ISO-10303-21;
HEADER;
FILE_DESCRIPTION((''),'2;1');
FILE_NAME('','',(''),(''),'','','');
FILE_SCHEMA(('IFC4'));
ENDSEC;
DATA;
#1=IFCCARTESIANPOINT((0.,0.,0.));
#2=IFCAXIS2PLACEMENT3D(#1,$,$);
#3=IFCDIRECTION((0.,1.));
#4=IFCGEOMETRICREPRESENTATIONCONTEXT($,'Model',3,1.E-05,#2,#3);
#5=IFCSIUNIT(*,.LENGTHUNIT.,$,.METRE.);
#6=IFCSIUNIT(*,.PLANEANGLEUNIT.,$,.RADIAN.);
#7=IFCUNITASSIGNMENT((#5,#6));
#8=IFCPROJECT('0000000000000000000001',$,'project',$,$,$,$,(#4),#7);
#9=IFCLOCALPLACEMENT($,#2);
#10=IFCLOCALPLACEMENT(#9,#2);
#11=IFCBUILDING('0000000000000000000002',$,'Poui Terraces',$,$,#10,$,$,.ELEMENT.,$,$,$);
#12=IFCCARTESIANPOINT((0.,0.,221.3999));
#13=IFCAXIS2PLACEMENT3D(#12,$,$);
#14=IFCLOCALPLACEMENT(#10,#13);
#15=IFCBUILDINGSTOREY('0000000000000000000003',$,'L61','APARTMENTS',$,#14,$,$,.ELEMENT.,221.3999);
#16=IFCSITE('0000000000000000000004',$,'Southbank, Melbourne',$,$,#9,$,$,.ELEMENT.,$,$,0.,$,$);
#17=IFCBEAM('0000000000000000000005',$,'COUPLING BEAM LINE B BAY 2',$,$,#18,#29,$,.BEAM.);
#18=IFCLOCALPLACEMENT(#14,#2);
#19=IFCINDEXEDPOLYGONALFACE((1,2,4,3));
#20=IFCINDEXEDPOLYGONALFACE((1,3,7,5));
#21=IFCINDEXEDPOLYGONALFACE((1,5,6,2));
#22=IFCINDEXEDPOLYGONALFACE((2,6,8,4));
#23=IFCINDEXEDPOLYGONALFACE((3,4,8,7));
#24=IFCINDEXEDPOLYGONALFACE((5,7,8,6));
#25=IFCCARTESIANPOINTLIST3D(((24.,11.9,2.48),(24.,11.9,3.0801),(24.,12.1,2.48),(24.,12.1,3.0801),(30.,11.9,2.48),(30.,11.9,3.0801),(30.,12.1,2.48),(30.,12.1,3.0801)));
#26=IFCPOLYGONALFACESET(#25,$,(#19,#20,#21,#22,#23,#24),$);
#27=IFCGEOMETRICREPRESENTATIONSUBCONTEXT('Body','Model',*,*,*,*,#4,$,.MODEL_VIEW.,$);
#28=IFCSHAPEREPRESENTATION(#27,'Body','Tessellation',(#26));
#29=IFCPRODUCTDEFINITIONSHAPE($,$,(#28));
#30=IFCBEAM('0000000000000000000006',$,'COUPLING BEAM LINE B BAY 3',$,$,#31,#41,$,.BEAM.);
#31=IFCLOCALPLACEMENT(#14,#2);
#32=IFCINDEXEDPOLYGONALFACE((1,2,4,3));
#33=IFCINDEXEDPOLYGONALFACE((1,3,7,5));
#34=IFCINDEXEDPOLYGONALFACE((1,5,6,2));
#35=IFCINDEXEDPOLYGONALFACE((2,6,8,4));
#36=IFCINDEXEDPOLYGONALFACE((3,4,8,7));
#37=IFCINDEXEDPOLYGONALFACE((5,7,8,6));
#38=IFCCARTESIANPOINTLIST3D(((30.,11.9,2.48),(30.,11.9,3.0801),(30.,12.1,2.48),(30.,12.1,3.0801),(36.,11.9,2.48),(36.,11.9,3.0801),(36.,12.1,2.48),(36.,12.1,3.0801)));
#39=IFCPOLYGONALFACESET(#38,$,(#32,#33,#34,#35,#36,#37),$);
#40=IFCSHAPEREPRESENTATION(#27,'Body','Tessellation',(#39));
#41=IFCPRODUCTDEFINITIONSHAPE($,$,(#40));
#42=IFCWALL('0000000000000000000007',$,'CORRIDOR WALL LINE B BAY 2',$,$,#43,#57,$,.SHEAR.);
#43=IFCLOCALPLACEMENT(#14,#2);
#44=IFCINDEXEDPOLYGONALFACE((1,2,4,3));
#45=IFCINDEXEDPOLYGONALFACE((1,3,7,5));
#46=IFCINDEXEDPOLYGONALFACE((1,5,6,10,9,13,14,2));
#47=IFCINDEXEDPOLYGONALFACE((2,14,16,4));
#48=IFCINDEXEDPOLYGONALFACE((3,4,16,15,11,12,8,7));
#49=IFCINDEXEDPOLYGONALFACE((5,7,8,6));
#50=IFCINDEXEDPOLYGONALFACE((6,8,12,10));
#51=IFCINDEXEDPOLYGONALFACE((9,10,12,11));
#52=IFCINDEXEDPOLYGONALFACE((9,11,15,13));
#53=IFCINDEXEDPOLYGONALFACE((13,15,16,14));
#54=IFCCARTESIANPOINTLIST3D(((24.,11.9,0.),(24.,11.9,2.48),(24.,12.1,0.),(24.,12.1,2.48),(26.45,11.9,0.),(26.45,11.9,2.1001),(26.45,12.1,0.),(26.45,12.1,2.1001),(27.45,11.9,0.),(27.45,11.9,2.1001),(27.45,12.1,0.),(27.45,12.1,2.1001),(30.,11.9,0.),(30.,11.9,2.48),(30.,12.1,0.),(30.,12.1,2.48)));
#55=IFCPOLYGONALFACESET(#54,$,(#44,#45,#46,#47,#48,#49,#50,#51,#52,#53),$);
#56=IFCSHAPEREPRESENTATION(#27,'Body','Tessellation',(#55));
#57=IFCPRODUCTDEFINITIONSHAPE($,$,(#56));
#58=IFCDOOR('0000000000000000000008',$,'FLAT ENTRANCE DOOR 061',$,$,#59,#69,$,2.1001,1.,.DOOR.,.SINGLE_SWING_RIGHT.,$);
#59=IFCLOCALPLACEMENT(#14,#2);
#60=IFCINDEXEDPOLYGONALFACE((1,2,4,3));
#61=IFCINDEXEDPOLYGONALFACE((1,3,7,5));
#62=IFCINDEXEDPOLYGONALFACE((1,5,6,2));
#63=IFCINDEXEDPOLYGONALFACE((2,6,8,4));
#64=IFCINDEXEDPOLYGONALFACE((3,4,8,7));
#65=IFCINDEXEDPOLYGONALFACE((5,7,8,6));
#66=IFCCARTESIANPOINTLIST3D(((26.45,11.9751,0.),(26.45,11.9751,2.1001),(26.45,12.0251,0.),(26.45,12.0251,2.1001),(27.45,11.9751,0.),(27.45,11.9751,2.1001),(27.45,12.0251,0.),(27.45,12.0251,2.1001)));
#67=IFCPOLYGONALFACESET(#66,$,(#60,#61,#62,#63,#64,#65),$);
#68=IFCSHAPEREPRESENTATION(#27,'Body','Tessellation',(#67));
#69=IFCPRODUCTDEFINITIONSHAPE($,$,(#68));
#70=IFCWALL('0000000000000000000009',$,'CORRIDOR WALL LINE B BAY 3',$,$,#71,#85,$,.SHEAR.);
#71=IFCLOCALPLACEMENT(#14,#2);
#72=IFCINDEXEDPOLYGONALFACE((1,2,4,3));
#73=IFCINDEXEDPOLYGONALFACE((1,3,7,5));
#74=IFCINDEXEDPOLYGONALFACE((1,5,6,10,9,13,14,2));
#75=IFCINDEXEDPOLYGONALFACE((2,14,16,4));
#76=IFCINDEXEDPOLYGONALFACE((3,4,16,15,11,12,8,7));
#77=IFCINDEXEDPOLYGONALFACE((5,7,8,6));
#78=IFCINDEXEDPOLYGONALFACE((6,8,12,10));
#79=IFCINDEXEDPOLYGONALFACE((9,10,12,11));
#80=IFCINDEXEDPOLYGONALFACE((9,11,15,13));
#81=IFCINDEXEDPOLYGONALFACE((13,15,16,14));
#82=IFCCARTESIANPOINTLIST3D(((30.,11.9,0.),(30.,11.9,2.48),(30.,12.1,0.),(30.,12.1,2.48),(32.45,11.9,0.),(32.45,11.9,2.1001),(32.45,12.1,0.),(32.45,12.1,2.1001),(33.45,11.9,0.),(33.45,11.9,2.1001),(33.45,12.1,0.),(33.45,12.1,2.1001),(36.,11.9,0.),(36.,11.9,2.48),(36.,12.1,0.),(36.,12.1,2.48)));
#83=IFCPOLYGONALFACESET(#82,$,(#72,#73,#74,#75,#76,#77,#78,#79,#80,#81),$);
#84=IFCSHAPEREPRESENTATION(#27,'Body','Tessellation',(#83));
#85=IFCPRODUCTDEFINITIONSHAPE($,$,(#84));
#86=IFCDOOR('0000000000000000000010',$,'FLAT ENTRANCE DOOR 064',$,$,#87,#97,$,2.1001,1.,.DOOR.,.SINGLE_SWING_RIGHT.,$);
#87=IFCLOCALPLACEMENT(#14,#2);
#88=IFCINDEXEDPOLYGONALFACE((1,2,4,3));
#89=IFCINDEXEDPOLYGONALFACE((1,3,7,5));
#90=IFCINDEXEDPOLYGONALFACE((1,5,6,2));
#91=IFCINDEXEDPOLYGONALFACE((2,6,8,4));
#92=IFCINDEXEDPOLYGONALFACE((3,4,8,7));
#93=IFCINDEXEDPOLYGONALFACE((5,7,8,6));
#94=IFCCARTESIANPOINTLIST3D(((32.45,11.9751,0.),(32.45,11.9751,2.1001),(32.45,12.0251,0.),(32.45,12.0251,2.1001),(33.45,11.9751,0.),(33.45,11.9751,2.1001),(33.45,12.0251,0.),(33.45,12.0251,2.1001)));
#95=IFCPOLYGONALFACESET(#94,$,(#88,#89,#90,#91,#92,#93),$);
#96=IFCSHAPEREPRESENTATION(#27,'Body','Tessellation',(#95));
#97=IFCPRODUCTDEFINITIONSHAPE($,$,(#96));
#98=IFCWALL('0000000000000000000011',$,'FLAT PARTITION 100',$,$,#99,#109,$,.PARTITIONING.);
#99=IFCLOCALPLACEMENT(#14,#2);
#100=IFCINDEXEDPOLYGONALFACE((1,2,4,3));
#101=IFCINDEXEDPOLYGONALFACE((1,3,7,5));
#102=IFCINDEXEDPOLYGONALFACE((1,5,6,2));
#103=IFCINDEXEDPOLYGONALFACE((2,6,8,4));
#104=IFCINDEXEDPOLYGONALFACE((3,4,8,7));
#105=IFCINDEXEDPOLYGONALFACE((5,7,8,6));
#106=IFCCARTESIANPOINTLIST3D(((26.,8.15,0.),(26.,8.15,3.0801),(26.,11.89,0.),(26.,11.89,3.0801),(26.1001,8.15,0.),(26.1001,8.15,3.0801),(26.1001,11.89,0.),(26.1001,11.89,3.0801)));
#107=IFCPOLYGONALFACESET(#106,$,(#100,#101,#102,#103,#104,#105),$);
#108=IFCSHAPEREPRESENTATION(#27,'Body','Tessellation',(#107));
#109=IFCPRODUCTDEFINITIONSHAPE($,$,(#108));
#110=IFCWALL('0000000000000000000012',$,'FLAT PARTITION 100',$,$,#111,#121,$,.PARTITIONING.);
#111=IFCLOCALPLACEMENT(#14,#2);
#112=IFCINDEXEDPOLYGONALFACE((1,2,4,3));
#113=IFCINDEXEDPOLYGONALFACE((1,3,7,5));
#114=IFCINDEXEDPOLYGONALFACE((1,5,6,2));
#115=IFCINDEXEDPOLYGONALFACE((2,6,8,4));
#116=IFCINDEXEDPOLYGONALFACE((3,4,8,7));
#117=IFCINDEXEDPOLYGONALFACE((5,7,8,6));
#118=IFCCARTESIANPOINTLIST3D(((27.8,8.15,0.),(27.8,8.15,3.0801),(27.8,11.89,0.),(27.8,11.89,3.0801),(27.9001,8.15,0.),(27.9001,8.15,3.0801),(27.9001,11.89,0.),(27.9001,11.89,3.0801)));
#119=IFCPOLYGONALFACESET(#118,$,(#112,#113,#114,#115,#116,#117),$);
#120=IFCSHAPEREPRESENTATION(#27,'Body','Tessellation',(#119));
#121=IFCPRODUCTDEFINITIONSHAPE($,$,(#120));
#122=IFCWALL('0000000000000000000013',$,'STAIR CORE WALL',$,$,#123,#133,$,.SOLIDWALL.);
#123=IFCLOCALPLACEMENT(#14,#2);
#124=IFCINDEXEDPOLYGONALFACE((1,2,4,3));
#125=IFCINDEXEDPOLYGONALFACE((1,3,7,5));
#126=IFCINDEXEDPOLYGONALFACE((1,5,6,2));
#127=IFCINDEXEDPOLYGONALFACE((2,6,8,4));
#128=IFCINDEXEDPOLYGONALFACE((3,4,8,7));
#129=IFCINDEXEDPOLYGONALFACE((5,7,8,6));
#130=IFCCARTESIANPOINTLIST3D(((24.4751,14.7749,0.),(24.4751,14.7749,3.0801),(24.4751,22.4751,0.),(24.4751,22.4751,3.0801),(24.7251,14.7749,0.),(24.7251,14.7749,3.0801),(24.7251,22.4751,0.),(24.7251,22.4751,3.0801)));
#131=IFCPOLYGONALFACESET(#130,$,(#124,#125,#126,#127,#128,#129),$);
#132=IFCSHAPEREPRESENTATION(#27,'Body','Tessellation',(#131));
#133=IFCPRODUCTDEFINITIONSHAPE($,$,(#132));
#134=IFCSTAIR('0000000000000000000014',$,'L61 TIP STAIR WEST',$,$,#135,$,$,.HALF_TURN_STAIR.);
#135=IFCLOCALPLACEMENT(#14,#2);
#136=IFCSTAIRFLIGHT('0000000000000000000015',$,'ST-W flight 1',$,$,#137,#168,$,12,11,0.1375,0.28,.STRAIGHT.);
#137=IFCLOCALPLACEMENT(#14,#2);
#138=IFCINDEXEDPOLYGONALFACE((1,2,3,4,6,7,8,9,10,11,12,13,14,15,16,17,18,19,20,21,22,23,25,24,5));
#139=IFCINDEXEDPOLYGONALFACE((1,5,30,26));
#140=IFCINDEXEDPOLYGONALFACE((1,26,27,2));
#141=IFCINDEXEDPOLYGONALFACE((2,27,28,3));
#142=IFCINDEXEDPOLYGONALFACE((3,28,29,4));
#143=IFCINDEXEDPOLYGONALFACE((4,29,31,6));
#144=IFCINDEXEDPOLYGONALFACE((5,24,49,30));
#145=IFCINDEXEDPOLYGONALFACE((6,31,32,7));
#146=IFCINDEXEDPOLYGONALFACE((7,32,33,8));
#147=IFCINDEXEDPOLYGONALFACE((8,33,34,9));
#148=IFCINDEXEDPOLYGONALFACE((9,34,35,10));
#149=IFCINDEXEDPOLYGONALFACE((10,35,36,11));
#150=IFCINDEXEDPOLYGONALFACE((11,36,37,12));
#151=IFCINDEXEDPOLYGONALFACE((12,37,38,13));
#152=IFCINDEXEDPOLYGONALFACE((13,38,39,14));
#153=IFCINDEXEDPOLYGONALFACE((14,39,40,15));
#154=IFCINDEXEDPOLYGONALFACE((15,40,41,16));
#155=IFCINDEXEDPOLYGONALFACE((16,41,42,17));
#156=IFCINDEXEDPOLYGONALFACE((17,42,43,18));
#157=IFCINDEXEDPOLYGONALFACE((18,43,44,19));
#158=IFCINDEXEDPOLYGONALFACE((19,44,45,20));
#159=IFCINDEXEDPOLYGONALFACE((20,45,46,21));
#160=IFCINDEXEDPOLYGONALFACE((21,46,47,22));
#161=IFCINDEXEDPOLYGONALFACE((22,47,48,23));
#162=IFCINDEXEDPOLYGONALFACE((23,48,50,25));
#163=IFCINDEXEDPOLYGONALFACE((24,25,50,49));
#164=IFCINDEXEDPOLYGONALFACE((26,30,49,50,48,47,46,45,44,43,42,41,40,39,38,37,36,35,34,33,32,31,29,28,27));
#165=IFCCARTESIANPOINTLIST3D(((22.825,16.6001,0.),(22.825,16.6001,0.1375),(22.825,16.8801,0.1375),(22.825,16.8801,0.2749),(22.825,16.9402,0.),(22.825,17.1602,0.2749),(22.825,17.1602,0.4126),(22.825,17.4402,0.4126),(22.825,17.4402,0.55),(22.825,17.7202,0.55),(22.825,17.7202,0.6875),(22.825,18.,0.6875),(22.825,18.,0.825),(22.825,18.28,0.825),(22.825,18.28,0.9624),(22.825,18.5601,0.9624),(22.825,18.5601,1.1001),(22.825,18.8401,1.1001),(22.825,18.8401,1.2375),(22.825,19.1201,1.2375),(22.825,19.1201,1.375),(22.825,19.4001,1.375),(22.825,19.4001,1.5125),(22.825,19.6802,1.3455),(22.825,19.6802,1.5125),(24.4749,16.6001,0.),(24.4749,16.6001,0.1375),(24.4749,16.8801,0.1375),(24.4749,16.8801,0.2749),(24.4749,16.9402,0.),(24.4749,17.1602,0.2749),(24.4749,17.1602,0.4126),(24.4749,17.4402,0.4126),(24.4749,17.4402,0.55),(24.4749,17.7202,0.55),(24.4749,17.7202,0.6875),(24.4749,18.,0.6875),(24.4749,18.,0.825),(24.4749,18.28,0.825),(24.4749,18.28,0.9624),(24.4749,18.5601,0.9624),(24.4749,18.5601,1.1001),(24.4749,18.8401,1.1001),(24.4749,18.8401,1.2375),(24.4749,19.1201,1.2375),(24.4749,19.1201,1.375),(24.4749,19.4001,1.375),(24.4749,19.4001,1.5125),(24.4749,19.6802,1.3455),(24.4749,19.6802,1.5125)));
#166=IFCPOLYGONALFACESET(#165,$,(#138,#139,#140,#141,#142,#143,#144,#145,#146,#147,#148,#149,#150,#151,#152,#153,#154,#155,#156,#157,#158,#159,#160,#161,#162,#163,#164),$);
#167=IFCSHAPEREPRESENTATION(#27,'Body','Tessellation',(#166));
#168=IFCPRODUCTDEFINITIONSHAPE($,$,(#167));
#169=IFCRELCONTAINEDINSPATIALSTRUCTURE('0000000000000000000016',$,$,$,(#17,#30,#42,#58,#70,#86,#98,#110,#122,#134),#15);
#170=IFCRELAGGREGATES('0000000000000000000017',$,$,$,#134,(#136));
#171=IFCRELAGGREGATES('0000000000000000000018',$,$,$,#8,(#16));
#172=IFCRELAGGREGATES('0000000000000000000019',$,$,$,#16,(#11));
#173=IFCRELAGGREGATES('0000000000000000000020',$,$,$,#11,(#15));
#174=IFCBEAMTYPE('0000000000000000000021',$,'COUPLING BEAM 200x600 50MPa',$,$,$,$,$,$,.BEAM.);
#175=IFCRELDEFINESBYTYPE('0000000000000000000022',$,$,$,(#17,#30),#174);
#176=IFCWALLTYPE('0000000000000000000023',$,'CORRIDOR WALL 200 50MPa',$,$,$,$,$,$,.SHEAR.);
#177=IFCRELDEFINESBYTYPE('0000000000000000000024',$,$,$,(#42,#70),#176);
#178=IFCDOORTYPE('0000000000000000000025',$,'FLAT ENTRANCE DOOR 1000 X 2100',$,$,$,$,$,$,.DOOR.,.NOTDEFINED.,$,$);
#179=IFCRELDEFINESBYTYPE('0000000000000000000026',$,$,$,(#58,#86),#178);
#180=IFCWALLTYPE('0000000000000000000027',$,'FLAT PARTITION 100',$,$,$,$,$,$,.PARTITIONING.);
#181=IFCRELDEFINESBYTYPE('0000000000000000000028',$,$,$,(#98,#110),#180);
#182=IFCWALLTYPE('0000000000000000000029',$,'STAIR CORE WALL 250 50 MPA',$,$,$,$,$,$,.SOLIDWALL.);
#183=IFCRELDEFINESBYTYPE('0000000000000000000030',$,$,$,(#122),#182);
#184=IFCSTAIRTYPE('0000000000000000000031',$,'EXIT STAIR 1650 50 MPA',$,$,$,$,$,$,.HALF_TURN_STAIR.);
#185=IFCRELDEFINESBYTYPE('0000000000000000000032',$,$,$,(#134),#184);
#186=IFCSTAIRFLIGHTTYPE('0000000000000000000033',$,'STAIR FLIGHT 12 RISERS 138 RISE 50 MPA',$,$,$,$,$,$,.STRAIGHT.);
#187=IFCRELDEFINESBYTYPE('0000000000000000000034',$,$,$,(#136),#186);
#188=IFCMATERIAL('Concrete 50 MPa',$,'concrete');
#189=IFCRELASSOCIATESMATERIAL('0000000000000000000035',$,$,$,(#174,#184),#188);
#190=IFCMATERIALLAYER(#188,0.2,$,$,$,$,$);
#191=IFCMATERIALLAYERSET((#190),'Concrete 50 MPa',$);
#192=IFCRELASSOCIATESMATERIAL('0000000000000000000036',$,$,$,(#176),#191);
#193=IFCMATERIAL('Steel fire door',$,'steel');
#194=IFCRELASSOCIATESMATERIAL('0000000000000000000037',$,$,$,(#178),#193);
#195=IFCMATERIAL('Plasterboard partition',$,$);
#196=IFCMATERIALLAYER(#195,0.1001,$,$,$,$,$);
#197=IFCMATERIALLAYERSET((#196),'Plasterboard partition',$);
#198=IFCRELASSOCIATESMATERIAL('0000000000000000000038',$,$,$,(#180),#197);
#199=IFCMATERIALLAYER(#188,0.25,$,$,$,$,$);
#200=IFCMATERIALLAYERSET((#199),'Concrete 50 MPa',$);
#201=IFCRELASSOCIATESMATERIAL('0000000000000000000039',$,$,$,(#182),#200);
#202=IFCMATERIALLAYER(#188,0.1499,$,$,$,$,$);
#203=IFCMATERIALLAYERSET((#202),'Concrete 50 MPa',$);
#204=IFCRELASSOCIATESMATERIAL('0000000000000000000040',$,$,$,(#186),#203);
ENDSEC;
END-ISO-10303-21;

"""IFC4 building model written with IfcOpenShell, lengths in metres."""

from ifc_helpers import new_model, si_unit, direction, frame, frame_2d, origin, origin_2d, place, context, subcontext, project, spatial, polyline, rectangle, outline, extrude, source, transform, mapped, material, layer, layer_set, material_profile, profile_set, type_object, element, fill, aggregate, save


model = new_model("IFC4")

# Units and contexts
model_context = context("Model", 3, precision=1e-05, world=origin(), true_north=direction((0.0, 1.0)))
body_context = subcontext(model_context, "Body", "Model", "MODEL_VIEW")
ifc_project = project(units=[si_unit("LENGTHUNIT", "METRE"), si_unit("PLANEANGLEUNIT", "RADIAN")], contexts=[model_context])

# Site, building, storey
site_placement = place(None, origin())
site = spatial("IfcSite", under=ifc_project, at=site_placement, Name="Southbank, Melbourne", CompositionType="ELEMENT", RefElevation=0.0)
building_placement = place(site_placement, origin())
building = spatial("IfcBuilding", under=site, at=building_placement, Name="Poui Terraces", CompositionType="ELEMENT")
storey_placement = place(building_placement, frame((0.0, 0.0, 221.3999)))
storey = spatial("IfcBuildingStorey", under=building, at=storey_placement, Name="L61", Description="APARTMENTS", CompositionType="ELEMENT", Elevation=221.3999)

# Beams
ifc_material_1 = material(Name="Concrete 50 MPa", Category="concrete")
ifc_material_profile = material_profile(ifc_material_1, rectangle(XDim=0.2, YDim=0.6001, at=origin_2d()), Name="RC 200x600")
ifc_profile_set = profile_set([ifc_material_profile], Name="Concrete 50 MPa")
beam_type = type_object("IfcBeamType", Name="COUPLING BEAM 200x600 50MPa", PredefinedType="BEAM", material=ifc_profile_set)
shared_shape = source(origin(), body_context, "Body", "SweptSolid", [
    extrude(rectangle(XDim=0.2, YDim=0.6001, at=origin_2d()), origin(), (0.0, 0.0, 1.0), 6.0),
])
for number, where, z_axis, x_axis, name in (
    (1, (24.0, 12.0, 2.78), (1.0, 0.0, 0.0), (0.0, 1.0, 0.0), "COUPLING BEAM LINE B BAY 2"),
    (2, (30.0, 12.0, 2.78), (1.0, 0.0, 0.0), (0.0, 1.0, 0.0), "COUPLING BEAM LINE B BAY 3"),
):
    element("IfcBeam", number, at=place(storey_placement, frame(where, z_axis=z_axis, x_axis=x_axis)), inside=storey, type_object=beam_type, Name=name, PredefinedType="BEAM", context=body_context, shape_type="MappedRepresentation", body=[
        mapped(shared_shape, transform((0.0, 0.0, 0.0))),
    ])

# Walls, openings, doors
ifc_layer_1 = layer(ifc_material_1, 0.2)
ifc_layer_set_1 = layer_set([ifc_layer_1], Name="Concrete 50 MPa")
wall_type_1 = type_object("IfcWallType", Name="CORRIDOR WALL 200 50MPa", PredefinedType="SHEAR", material=ifc_layer_set_1)
wall_1_placement = place(storey_placement, frame((24.0, 12.0, 0.0), z_axis=(0.0, 0.0, 1.0), x_axis=(1.0, 0.0, 0.0)))
wall_1 = element("IfcWall", 3, at=wall_1_placement, inside=storey, type_object=wall_type_1, Name="CORRIDOR WALL LINE B BAY 2", PredefinedType="SHEAR", context=body_context, shape_type="SweptSolid", body=[
    extrude(rectangle(XDim=6.0, YDim=0.2, at=frame_2d((3.0, 0.0))), origin(), (0.0, 0.0, 1.0), 2.48),
])
opening_1_placement = place(wall_1_placement, frame((2.45, 0.0, 0.0)))
opening_1 = element("IfcOpeningElement", 4, at=opening_1_placement, cuts=wall_1, PredefinedType="OPENING", context=body_context, shape_type="SweptSolid", body=[
    extrude(rectangle(XDim=1.0, YDim=2.1001, at=frame_2d((0.5, 1.05))), frame((0.0, 0.1099, 0.0), z_axis=(0.0, -1.0, 0.0), x_axis=(1.0, 0.0, 0.0)), (0.0, 0.0, 1.0), 0.22),
])
ifc_material_2 = material(Name="Steel fire door", Category="steel")
door_type = type_object("IfcDoorType", Name="FLAT ENTRANCE DOOR 1000 X 2100", OperationType="NOTDEFINED", PredefinedType="DOOR", material=ifc_material_2)
door_1_placement = place(opening_1_placement, frame((1.0, 0.0, 0.0), z_axis=(0.0, 0.0, 1.0), x_axis=(-1.0, 0.0, 0.0)))
door_1 = element("IfcDoor", 5, at=door_1_placement, inside=storey, type_object=door_type, Name="FLAT ENTRANCE DOOR 061", OperationType="SINGLE_SWING_RIGHT", OverallHeight=2.1001, OverallWidth=1.0, PredefinedType="DOOR", context=body_context, shape_type="SweptSolid", body=[
    extrude(rectangle(XDim=1.0, YDim=2.1001, at=frame_2d((0.5, 1.05))), frame((0.0, 0.0249, 0.0), z_axis=(0.0, -1.0, 0.0), x_axis=(1.0, 0.0, 0.0)), (0.0, 0.0, 1.0), 0.05),
])
fill(opening_1, door_1)
wall_2_placement = place(storey_placement, frame((30.0, 12.0, 0.0), z_axis=(0.0, 0.0, 1.0), x_axis=(1.0, 0.0, 0.0)))
wall_2 = element("IfcWall", 6, at=wall_2_placement, inside=storey, type_object=wall_type_1, Name="CORRIDOR WALL LINE B BAY 3", PredefinedType="SHEAR", context=body_context, shape_type="SweptSolid", body=[
    extrude(rectangle(XDim=6.0, YDim=0.2, at=frame_2d((3.0, 0.0))), origin(), (0.0, 0.0, 1.0), 2.48),
])
opening_2_placement = place(wall_2_placement, frame((2.45, 0.0, 0.0)))
opening_2 = element("IfcOpeningElement", 7, at=opening_2_placement, cuts=wall_2, PredefinedType="OPENING", context=body_context, shape_type="SweptSolid", body=[
    extrude(rectangle(XDim=1.0, YDim=2.1001, at=frame_2d((0.5, 1.05))), frame((0.0, 0.1099, 0.0), z_axis=(0.0, -1.0, 0.0), x_axis=(1.0, 0.0, 0.0)), (0.0, 0.0, 1.0), 0.22),
])
door_2_placement = place(opening_2_placement, frame((1.0, 0.0, 0.0), z_axis=(0.0, 0.0, 1.0), x_axis=(-1.0, 0.0, 0.0)))
door_2 = element("IfcDoor", 8, at=door_2_placement, inside=storey, type_object=door_type, Name="FLAT ENTRANCE DOOR 064", OperationType="SINGLE_SWING_RIGHT", OverallHeight=2.1001, OverallWidth=1.0, PredefinedType="DOOR", context=body_context, shape_type="SweptSolid", body=[
    extrude(rectangle(XDim=1.0, YDim=2.1001, at=frame_2d((0.5, 1.05))), frame((0.0, 0.0249, 0.0), z_axis=(0.0, -1.0, 0.0), x_axis=(1.0, 0.0, 0.0)), (0.0, 0.0, 1.0), 0.05),
])
fill(opening_2, door_2)

# Walls
ifc_material_3 = material(Name="Plasterboard partition")
ifc_layer_2 = layer(ifc_material_3, 0.1001)
ifc_layer_set_2 = layer_set([ifc_layer_2], Name="Plasterboard partition")
wall_type_2 = type_object("IfcWallType", Name="FLAT PARTITION 100", PredefinedType="PARTITIONING", material=ifc_layer_set_2)
for number, where, z_axis, x_axis, name in (
    (9, (26.05, 8.1499, 0.0), (0.0, 0.0, 1.0), (0.0, 1.0, 0.0), "FLAT PARTITION 100"),
    (10, (27.8501, 8.1499, 0.0), (0.0, 0.0, 1.0), (0.0, 1.0, 0.0), "FLAT PARTITION 100"),
):
    element("IfcWall", number, at=place(storey_placement, frame(where, z_axis=z_axis, x_axis=x_axis)), inside=storey, type_object=wall_type_2, Name=name, PredefinedType="PARTITIONING", context=body_context, shape_type="SweptSolid", body=[
        extrude(rectangle(XDim=3.74, YDim=0.1001, at=frame_2d((1.8701, 0.0))), origin(), (0.0, 0.0, 1.0), 3.0801),
    ])
ifc_layer_3 = layer(ifc_material_1, 0.25)
ifc_layer_set_3 = layer_set([ifc_layer_3], Name="Concrete 50 MPa")
wall_type_3 = type_object("IfcWallType", Name="STAIR CORE WALL 250 50 MPA", PredefinedType="SOLIDWALL", material=ifc_layer_set_3)
wall_3_placement = place(storey_placement, frame((24.6001, 14.7749, 0.0), z_axis=(0.0, 0.0, 1.0), x_axis=(0.0, 1.0, 0.0)))
element("IfcWall", 11, at=wall_3_placement, inside=storey, type_object=wall_type_3, Name="STAIR CORE WALL", PredefinedType="SOLIDWALL", context=body_context, shape_type="SweptSolid", body=[
    extrude(rectangle(XDim=7.7002, YDim=0.25, at=frame_2d((3.8501, 0.0))), origin(), (0.0, 0.0, 1.0), 3.0801),
])

# Stair, stair flight
stair_type = type_object("IfcStairType", Name="EXIT STAIR 1650 50 MPA", PredefinedType="HALF_TURN_STAIR", material=ifc_material_1)
stair_placement = place(storey_placement, origin())
stair = element("IfcStair", 12, at=stair_placement, inside=storey, type_object=stair_type, Name="L61 TIP STAIR WEST", PredefinedType="HALF_TURN_STAIR")
ifc_layer_4 = layer(ifc_material_1, 0.1499)
ifc_layer_set_4 = layer_set([ifc_layer_4], Name="Concrete 50 MPa")
stair_flight_type = type_object("IfcStairFlightType", Name="STAIR FLIGHT 12 RISERS 138 RISE 50 MPA", PredefinedType="STRAIGHT", material=ifc_layer_set_4)
stair_flight_placement = place(storey_placement, frame((23.6499, 16.6001, 0.0), z_axis=(0.0, 0.0, 1.0), x_axis=(0.0, 1.0, 0.0)))
stair_flight = element("IfcStairFlight", 13, at=stair_flight_placement, type_object=stair_flight_type, Name="ST-W flight 1", NumberOfRisers=12, NumberOfTreads=11, PredefinedType="STRAIGHT", RiserHeight=0.1375, TreadLength=0.28, context=body_context, shape_type="SweptSolid", body=[
    extrude(outline(polyline([(0.0, 0.0), (0.0, 0.1375), (0.28, 0.1375), (0.28, 0.2749), (0.5601, 0.2749), (0.5601, 0.4126), (0.8401, 0.4126), (0.8401, 0.55), (1.1201, 0.55), (1.1201, 0.6875), (1.3999, 0.6875), (1.3999, 0.825), (1.6799, 0.825), (1.6799, 0.9624), (1.96, 0.9624), (1.96, 1.1001), (2.24, 1.1001), (2.24, 1.2375), (2.52, 1.2375), (2.52, 1.375), (2.8, 1.375), (2.8, 1.5125), (3.0801, 1.5125), (3.0801, 1.6499), (3.0801, 1.3455), (0.3401, 0.0), (0.0, 0.0)])), frame((0.0, 0.825, 0.0), z_axis=(0.0, -1.0, 0.0), x_axis=(1.0, 0.0, 0.0)), (0.0, 0.0, 1.0), 1.6499),
])
aggregate(stair, [stair_flight])

save(model, "model.ifc")
